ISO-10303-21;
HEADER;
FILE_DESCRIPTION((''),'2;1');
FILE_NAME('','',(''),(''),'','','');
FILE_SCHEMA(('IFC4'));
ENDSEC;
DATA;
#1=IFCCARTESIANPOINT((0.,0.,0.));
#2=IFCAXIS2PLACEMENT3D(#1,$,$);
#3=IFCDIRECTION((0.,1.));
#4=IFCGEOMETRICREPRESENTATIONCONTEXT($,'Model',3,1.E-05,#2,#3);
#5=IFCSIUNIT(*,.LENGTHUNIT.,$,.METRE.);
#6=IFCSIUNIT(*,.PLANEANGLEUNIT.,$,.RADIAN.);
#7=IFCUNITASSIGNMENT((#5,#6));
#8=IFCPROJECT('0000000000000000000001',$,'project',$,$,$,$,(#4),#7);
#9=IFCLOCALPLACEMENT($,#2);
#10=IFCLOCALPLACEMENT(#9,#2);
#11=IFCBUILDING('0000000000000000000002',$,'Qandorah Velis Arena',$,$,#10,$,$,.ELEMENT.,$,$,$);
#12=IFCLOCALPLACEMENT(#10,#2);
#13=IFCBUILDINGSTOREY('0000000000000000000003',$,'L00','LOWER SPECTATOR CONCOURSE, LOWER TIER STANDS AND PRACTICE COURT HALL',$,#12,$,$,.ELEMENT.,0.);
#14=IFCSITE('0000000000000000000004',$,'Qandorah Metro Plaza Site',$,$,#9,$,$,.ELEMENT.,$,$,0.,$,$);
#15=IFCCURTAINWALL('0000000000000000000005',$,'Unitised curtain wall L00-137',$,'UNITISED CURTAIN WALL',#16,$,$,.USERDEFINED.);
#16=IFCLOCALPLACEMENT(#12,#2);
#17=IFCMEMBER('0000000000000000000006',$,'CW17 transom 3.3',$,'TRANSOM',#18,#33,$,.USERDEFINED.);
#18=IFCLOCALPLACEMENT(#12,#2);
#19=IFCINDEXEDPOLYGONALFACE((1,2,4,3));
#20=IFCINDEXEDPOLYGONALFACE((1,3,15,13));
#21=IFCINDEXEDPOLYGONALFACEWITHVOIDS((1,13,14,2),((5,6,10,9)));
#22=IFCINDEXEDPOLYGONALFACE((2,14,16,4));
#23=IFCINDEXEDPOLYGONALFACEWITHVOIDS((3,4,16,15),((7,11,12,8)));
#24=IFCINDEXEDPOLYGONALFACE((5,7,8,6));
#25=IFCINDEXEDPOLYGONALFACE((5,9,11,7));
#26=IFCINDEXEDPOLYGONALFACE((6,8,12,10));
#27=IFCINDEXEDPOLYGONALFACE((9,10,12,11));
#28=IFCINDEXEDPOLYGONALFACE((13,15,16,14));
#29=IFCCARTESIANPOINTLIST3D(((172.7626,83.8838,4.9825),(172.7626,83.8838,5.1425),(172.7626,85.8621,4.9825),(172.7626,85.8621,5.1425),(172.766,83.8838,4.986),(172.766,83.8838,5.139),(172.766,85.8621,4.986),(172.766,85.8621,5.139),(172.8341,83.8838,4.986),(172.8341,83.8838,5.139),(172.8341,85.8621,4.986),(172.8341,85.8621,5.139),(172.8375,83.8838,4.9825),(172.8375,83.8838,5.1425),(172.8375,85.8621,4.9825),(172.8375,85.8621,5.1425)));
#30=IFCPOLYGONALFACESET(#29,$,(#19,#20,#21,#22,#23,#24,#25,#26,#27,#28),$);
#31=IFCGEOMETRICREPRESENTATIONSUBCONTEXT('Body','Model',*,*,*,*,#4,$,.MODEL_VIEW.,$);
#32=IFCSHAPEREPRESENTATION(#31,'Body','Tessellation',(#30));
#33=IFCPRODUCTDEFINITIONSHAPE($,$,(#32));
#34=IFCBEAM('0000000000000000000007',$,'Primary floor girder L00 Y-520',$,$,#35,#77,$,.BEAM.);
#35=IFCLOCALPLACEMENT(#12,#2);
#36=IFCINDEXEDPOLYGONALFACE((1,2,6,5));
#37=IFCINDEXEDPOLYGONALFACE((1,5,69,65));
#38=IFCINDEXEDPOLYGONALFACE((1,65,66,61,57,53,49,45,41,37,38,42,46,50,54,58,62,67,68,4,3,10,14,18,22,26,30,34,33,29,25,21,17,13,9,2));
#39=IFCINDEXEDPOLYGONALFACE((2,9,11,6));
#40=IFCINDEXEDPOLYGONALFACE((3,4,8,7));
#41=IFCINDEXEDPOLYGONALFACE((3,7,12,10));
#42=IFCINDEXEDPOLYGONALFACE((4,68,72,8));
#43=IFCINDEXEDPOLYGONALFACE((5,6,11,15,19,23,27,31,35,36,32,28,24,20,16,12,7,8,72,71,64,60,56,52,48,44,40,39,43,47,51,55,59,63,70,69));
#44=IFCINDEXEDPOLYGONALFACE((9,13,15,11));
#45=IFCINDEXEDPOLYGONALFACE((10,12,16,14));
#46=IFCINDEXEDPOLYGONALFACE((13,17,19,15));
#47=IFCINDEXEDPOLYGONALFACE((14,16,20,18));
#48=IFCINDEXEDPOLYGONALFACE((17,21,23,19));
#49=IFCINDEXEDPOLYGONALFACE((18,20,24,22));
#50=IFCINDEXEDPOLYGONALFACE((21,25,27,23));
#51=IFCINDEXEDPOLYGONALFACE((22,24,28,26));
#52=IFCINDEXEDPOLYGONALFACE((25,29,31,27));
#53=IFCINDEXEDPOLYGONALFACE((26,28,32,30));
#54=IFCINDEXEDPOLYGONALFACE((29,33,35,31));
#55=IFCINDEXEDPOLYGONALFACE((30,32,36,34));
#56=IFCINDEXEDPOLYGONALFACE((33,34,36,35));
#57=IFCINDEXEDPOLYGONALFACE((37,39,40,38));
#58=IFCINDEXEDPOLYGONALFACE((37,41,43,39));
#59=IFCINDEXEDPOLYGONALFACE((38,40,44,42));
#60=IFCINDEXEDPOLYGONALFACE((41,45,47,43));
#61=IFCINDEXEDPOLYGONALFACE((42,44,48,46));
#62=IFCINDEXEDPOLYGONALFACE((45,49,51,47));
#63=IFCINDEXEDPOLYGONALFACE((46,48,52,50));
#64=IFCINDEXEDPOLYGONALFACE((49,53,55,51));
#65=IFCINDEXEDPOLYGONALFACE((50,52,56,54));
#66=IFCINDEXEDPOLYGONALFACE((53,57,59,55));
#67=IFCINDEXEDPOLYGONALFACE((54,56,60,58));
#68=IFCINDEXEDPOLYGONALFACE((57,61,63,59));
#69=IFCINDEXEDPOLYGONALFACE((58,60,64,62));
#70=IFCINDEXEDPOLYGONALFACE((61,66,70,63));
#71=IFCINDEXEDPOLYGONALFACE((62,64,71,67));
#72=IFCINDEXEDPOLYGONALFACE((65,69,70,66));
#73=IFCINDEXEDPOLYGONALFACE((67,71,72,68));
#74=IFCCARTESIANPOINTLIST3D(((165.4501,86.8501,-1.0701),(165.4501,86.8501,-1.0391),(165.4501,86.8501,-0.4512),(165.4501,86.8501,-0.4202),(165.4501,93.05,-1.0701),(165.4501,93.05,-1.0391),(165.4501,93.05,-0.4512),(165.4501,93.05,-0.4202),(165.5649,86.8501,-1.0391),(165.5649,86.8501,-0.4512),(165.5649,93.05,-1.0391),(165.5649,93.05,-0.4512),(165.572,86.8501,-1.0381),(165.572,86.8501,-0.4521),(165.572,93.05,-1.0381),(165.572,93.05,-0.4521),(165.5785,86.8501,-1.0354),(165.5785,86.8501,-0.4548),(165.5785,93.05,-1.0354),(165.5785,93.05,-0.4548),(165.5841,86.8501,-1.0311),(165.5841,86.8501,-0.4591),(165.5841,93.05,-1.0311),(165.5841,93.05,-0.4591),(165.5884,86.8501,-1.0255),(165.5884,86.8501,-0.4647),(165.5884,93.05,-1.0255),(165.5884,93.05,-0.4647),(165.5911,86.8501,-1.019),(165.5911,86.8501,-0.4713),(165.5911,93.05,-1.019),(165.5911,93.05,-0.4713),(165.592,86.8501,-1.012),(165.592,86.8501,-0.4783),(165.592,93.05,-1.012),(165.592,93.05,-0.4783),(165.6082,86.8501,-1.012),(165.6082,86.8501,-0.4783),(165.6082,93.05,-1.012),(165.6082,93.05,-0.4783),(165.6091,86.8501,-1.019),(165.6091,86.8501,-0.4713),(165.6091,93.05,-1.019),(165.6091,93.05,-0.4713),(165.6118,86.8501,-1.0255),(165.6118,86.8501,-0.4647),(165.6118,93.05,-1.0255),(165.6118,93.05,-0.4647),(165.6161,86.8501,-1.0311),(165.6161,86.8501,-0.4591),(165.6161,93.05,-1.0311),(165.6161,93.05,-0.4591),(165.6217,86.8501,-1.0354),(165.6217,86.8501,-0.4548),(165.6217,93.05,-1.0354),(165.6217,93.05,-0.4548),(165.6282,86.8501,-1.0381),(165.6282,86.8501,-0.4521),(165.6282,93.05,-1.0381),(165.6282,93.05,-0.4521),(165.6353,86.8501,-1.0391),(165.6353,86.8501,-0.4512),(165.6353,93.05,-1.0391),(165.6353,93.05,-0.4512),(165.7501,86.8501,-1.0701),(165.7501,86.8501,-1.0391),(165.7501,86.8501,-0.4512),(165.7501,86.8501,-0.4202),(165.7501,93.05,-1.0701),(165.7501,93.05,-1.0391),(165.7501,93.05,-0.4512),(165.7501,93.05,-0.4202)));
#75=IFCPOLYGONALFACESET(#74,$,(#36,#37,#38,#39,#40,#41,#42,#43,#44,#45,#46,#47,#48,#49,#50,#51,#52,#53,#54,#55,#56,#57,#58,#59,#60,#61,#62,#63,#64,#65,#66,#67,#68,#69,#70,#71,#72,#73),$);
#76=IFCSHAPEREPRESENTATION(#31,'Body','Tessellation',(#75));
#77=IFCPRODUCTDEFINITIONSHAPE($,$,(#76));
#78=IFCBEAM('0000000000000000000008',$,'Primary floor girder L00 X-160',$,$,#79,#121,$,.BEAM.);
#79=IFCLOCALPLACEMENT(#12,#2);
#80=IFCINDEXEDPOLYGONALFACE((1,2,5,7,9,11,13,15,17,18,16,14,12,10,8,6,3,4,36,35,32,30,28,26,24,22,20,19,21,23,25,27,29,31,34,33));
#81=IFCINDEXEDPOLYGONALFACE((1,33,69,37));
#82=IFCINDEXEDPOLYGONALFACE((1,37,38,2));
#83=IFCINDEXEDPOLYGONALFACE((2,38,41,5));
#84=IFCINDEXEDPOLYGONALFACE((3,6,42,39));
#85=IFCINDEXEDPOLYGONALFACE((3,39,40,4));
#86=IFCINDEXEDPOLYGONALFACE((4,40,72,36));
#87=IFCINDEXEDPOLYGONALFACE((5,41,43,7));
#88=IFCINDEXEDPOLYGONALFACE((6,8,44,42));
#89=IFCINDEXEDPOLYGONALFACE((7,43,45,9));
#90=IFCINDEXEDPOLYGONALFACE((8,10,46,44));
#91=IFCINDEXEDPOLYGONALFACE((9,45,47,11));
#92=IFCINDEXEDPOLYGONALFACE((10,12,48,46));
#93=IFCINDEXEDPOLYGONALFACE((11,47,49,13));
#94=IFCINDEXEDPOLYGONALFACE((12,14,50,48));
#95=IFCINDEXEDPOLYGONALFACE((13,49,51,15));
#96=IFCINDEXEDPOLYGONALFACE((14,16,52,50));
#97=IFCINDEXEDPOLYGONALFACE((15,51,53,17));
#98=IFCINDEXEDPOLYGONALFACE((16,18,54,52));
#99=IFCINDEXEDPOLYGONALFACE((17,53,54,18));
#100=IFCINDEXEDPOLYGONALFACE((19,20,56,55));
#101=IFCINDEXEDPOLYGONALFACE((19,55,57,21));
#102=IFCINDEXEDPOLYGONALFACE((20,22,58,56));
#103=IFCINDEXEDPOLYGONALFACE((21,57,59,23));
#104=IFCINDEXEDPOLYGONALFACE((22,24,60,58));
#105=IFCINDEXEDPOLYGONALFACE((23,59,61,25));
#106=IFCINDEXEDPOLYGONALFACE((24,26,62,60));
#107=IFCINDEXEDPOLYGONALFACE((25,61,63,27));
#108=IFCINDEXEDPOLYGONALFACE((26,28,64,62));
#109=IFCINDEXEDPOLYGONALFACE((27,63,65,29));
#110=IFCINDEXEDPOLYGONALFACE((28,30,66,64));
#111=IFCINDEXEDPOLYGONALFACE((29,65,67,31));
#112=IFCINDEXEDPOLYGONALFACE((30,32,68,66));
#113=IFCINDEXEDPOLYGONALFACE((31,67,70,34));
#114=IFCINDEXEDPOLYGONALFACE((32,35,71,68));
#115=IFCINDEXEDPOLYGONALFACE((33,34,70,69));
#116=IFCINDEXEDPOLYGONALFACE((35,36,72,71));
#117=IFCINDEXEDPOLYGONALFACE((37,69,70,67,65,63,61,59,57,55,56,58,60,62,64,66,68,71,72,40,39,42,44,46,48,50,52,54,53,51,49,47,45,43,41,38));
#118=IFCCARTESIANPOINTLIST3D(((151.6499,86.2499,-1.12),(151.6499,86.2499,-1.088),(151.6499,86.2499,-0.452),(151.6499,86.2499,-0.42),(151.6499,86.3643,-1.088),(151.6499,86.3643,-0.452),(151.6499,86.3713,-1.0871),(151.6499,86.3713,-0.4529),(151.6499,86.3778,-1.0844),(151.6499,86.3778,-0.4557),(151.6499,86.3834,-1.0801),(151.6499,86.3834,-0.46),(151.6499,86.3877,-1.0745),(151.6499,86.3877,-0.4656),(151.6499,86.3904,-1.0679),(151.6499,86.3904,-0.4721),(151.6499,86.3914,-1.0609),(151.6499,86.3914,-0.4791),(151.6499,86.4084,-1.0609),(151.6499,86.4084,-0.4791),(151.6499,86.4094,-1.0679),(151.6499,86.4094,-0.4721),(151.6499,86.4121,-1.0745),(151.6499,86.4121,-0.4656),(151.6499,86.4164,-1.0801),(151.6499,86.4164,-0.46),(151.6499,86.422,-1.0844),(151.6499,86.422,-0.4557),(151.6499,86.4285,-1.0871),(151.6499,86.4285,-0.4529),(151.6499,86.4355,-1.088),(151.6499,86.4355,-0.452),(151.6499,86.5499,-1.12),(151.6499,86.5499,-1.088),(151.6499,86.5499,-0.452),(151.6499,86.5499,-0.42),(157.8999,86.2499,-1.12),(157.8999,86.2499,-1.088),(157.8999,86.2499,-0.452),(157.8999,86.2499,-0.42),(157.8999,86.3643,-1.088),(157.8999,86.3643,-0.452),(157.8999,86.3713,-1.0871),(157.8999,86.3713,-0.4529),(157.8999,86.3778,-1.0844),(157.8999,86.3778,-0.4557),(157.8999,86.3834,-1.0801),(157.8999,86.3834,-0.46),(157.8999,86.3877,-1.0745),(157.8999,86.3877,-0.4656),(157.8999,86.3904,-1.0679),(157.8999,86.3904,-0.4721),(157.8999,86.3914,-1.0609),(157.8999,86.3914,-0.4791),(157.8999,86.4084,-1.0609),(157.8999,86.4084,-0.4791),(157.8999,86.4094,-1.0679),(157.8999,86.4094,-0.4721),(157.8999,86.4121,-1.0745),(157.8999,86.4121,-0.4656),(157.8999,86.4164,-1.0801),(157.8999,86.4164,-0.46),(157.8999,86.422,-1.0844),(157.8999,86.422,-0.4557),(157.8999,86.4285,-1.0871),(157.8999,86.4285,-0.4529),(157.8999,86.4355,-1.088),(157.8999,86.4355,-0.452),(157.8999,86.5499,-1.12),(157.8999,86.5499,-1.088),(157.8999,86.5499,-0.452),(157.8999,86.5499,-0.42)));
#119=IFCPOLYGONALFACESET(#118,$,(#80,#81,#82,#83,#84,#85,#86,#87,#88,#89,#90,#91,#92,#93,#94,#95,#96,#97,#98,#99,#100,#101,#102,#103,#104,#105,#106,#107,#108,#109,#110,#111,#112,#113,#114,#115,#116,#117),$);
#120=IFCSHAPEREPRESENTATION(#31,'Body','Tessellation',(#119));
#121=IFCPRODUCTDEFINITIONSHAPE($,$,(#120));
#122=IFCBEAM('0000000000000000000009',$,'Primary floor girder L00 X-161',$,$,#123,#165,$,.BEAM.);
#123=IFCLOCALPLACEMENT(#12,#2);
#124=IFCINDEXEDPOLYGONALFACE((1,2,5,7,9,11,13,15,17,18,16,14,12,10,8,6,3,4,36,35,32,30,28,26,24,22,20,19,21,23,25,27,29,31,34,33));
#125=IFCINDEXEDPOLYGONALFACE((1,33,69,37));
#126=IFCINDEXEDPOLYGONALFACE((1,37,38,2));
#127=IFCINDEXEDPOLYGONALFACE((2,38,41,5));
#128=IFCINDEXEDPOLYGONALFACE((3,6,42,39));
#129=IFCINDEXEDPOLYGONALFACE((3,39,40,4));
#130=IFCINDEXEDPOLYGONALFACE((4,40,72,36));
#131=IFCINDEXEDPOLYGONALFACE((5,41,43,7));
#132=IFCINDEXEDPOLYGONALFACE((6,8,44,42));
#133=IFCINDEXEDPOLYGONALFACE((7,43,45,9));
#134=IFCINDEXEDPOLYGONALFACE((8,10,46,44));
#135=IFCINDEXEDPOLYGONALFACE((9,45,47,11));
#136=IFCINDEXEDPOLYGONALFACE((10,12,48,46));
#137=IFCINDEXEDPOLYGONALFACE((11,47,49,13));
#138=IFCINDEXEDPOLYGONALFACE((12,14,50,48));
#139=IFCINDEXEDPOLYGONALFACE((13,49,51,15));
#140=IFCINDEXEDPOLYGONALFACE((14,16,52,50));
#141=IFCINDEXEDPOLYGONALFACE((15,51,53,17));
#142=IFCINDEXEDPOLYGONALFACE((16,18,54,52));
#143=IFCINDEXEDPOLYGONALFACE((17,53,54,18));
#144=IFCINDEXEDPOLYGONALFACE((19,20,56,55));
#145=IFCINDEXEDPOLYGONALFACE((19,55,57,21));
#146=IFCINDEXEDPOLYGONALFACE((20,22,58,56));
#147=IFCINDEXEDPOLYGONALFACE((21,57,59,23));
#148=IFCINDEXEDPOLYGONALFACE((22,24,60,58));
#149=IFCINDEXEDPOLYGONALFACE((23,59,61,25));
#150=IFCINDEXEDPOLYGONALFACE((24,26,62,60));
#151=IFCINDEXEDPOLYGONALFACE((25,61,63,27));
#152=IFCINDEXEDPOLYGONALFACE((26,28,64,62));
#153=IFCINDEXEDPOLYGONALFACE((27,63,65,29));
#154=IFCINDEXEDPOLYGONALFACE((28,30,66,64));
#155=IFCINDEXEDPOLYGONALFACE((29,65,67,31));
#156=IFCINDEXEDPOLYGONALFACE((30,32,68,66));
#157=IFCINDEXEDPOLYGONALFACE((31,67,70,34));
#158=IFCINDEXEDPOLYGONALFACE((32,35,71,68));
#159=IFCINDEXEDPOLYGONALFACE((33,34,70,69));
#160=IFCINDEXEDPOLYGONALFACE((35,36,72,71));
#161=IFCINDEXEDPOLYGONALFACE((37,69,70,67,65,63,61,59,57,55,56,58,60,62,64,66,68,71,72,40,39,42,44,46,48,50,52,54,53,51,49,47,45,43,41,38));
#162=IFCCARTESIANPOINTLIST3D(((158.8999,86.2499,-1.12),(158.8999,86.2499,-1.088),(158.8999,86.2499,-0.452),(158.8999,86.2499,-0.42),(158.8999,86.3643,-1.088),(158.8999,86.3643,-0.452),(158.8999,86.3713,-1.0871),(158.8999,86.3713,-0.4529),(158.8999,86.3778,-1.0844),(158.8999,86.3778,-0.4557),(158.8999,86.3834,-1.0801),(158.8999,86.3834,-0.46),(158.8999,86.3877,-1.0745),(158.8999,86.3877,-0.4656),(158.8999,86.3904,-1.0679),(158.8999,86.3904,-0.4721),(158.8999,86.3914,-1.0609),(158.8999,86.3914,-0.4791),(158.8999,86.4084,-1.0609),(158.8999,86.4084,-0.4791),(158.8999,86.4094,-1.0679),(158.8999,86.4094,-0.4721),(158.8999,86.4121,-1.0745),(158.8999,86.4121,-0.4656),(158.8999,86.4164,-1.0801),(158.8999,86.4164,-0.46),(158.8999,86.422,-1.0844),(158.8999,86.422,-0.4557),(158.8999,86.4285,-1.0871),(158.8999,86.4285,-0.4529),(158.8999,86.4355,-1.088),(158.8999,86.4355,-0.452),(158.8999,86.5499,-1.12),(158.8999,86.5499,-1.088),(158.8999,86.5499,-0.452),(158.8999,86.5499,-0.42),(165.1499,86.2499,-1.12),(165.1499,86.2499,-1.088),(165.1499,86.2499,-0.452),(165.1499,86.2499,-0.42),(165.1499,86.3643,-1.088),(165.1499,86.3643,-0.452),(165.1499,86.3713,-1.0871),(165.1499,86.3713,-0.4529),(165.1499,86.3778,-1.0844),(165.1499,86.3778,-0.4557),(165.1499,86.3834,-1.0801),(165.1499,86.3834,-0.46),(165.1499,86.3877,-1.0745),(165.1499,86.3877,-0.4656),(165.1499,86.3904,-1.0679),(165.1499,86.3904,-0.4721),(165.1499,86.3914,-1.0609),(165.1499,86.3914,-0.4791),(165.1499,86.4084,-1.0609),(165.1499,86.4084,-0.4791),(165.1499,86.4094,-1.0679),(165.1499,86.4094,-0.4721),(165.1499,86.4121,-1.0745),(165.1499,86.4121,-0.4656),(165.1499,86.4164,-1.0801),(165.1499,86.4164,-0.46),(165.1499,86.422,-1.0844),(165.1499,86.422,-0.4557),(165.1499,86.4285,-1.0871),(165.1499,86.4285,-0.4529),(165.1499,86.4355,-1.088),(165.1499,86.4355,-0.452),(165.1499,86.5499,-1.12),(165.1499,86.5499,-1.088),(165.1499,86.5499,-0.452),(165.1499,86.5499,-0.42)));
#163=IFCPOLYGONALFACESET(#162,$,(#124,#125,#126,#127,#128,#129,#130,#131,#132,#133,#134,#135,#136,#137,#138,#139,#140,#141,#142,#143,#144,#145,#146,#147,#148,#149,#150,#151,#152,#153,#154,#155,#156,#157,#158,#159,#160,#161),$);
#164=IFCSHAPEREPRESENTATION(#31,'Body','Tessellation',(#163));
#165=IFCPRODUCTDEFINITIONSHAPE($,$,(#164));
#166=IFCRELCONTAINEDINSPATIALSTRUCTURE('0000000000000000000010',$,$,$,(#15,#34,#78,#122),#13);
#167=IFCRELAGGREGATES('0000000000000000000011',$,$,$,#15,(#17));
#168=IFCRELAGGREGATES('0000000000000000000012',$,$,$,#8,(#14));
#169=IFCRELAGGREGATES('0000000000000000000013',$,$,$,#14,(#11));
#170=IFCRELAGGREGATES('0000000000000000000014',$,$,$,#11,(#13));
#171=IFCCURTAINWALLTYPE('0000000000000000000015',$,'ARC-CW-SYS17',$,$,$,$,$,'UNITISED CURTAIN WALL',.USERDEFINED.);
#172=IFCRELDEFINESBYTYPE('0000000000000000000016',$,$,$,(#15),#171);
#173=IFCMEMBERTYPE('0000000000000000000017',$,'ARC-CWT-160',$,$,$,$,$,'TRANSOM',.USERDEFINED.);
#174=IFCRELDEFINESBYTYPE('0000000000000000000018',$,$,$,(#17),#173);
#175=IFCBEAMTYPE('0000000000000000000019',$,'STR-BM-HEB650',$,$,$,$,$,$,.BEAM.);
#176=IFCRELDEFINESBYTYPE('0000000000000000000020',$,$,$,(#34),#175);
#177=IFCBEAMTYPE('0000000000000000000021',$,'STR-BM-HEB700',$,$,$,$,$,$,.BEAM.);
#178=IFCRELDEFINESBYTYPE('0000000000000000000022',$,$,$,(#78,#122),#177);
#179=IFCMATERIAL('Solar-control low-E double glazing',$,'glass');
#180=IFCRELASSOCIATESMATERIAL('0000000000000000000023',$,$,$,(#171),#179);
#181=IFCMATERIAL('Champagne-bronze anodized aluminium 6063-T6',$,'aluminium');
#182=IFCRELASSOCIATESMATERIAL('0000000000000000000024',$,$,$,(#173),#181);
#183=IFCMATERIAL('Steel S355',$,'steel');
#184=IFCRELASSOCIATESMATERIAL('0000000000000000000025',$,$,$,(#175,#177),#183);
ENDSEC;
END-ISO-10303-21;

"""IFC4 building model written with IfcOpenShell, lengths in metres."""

from ifc_helpers import new_model, si_unit, direction, frame, origin, origin_2d, place, context, subcontext, project, spatial, hollow_rectangle, i_section, extrude, material, material_profile, profile_set, type_object, element, aggregate, save


model = new_model("IFC4")

# Units and contexts
model_context = context("Model", 3, precision=1e-05, world=origin(), true_north=direction((0.0, 1.0)))
body_context = subcontext(model_context, "Body", "Model", "MODEL_VIEW")
ifc_project = project(units=[si_unit("LENGTHUNIT", "METRE"), si_unit("PLANEANGLEUNIT", "RADIAN")], contexts=[model_context])

# Site, building, storey
site_placement = place(None, origin())
site = spatial("IfcSite", under=ifc_project, at=site_placement, Name="Qandorah Metro Plaza Site", CompositionType="ELEMENT", RefElevation=0.0)
building_placement = place(site_placement, origin())
building = spatial("IfcBuilding", under=site, at=building_placement, Name="Qandorah Velis Arena", CompositionType="ELEMENT")
storey_placement = place(building_placement, origin())
storey = spatial("IfcBuildingStorey", under=building, at=storey_placement, Name="L00", Description="LOWER SPECTATOR CONCOURSE, LOWER TIER STANDS AND PRACTICE COURT HALL", CompositionType="ELEMENT", Elevation=0.0)

# Curtain wall, member
ifc_material_1 = material(Name="Solar-control low-E double glazing", Category="glass")
curtain_wall_type = type_object("IfcCurtainWallType", Name="ARC-CW-SYS17", ElementType="UNITISED CURTAIN WALL", PredefinedType="USERDEFINED", material=ifc_material_1)
curtain_wall_placement = place(storey_placement, origin())
curtain_wall = element("IfcCurtainWall", 1, at=curtain_wall_placement, inside=storey, type_object=curtain_wall_type, Name="Unitised curtain wall L00-137", ObjectType="UNITISED CURTAIN WALL", PredefinedType="USERDEFINED")
ifc_material_2 = material(Name="Champagne-bronze anodized aluminium 6063-T6", Category="aluminium")
ifc_material_profile_1 = material_profile(ifc_material_2, hollow_rectangle(XDim=0.075, YDim=0.1599, WallThickness=0.0034, at=origin_2d()), Name="ALU TRANSOM 75x160")
ifc_profile_set_1 = profile_set([ifc_material_profile_1], Name="Champagne-bronze anodized aluminium 6063-T6")
member_type_1 = type_object("IfcMemberType", Name="ARC-CWT-160", ElementType="TRANSOM", PredefinedType="USERDEFINED", material=ifc_profile_set_1)
member_1_placement = place(storey_placement, frame((172.8, 83.8838, 5.0625), z_axis=(0.0, 1.0, 0.0), x_axis=(-1.0, 0.0, 0.0)))
member_1 = element("IfcMember", 2, at=member_1_placement, type_object=member_type_1, Name="CW17 transom 3.3", ObjectType="TRANSOM", PredefinedType="USERDEFINED", context=body_context, shape_type="SweptSolid", body=[
    extrude(hollow_rectangle(XDim=0.075, YDim=0.1599, WallThickness=0.0034, at=origin_2d()), origin(), (0.0, 0.0, 1.0), 1.9783),
])

# Beams
ifc_material_3 = material(Name="Steel S355", Category="steel")
ifc_material_profile_2 = material_profile(ifc_material_3, i_section(OverallWidth=0.3, OverallDepth=0.6499, WebThickness=0.0161, FlangeThickness=0.031, FilletRadius=0.0271, at=origin_2d()), Name="HEB 650")
ifc_profile_set_2 = profile_set([ifc_material_profile_2], Name="Steel S355")
beam_type_1 = type_object("IfcBeamType", Name="STR-BM-HEB650", PredefinedType="BEAM", material=ifc_profile_set_2)
beam_1_placement = place(storey_placement, frame((165.6001, 86.8501, -0.7451), z_axis=(0.0, 1.0, 0.0), x_axis=(-1.0, 0.0, 0.0)))
element("IfcBeam", 3, at=beam_1_placement, inside=storey, type_object=beam_type_1, Name="Primary floor girder L00 Y-520", PredefinedType="BEAM", context=body_context, shape_type="SweptSolid", body=[
    extrude(i_section(OverallWidth=0.3, OverallDepth=0.6499, WebThickness=0.0161, FlangeThickness=0.031, FilletRadius=0.0271, at=origin_2d()), origin(), (0.0, 0.0, 1.0), 6.2),
])
ifc_material_profile_3 = material_profile(ifc_material_3, i_section(OverallWidth=0.3, OverallDepth=0.7, WebThickness=0.0171, FlangeThickness=0.032, FilletRadius=0.0271, at=origin_2d()), Name="HEB 700")
ifc_profile_set_3 = profile_set([ifc_material_profile_3], Name="Steel S355")
beam_type_2 = type_object("IfcBeamType", Name="STR-BM-HEB700", PredefinedType="BEAM", material=ifc_profile_set_3)
for number, where, z_axis, x_axis, name in (
    (4, (151.6499, 86.3999, -0.77), (1.0, 0.0, 0.0), (0.0, 1.0, 0.0), "Primary floor girder L00 X-160"),
    (5, (158.8999, 86.3999, -0.77), (1.0, 0.0, 0.0), (0.0, 1.0, 0.0), "Primary floor girder L00 X-161"),
):
    element("IfcBeam", number, at=place(storey_placement, frame(where, z_axis=z_axis, x_axis=x_axis)), inside=storey, type_object=beam_type_2, Name=name, PredefinedType="BEAM", context=body_context, shape_type="SweptSolid", body=[
        extrude(i_section(OverallWidth=0.3, OverallDepth=0.7, WebThickness=0.0171, FlangeThickness=0.032, FilletRadius=0.0271, at=origin_2d()), origin(), (0.0, 0.0, 1.0), 6.25),
    ])

aggregate(curtain_wall, [member_1])

save(model, "model.ifc")
